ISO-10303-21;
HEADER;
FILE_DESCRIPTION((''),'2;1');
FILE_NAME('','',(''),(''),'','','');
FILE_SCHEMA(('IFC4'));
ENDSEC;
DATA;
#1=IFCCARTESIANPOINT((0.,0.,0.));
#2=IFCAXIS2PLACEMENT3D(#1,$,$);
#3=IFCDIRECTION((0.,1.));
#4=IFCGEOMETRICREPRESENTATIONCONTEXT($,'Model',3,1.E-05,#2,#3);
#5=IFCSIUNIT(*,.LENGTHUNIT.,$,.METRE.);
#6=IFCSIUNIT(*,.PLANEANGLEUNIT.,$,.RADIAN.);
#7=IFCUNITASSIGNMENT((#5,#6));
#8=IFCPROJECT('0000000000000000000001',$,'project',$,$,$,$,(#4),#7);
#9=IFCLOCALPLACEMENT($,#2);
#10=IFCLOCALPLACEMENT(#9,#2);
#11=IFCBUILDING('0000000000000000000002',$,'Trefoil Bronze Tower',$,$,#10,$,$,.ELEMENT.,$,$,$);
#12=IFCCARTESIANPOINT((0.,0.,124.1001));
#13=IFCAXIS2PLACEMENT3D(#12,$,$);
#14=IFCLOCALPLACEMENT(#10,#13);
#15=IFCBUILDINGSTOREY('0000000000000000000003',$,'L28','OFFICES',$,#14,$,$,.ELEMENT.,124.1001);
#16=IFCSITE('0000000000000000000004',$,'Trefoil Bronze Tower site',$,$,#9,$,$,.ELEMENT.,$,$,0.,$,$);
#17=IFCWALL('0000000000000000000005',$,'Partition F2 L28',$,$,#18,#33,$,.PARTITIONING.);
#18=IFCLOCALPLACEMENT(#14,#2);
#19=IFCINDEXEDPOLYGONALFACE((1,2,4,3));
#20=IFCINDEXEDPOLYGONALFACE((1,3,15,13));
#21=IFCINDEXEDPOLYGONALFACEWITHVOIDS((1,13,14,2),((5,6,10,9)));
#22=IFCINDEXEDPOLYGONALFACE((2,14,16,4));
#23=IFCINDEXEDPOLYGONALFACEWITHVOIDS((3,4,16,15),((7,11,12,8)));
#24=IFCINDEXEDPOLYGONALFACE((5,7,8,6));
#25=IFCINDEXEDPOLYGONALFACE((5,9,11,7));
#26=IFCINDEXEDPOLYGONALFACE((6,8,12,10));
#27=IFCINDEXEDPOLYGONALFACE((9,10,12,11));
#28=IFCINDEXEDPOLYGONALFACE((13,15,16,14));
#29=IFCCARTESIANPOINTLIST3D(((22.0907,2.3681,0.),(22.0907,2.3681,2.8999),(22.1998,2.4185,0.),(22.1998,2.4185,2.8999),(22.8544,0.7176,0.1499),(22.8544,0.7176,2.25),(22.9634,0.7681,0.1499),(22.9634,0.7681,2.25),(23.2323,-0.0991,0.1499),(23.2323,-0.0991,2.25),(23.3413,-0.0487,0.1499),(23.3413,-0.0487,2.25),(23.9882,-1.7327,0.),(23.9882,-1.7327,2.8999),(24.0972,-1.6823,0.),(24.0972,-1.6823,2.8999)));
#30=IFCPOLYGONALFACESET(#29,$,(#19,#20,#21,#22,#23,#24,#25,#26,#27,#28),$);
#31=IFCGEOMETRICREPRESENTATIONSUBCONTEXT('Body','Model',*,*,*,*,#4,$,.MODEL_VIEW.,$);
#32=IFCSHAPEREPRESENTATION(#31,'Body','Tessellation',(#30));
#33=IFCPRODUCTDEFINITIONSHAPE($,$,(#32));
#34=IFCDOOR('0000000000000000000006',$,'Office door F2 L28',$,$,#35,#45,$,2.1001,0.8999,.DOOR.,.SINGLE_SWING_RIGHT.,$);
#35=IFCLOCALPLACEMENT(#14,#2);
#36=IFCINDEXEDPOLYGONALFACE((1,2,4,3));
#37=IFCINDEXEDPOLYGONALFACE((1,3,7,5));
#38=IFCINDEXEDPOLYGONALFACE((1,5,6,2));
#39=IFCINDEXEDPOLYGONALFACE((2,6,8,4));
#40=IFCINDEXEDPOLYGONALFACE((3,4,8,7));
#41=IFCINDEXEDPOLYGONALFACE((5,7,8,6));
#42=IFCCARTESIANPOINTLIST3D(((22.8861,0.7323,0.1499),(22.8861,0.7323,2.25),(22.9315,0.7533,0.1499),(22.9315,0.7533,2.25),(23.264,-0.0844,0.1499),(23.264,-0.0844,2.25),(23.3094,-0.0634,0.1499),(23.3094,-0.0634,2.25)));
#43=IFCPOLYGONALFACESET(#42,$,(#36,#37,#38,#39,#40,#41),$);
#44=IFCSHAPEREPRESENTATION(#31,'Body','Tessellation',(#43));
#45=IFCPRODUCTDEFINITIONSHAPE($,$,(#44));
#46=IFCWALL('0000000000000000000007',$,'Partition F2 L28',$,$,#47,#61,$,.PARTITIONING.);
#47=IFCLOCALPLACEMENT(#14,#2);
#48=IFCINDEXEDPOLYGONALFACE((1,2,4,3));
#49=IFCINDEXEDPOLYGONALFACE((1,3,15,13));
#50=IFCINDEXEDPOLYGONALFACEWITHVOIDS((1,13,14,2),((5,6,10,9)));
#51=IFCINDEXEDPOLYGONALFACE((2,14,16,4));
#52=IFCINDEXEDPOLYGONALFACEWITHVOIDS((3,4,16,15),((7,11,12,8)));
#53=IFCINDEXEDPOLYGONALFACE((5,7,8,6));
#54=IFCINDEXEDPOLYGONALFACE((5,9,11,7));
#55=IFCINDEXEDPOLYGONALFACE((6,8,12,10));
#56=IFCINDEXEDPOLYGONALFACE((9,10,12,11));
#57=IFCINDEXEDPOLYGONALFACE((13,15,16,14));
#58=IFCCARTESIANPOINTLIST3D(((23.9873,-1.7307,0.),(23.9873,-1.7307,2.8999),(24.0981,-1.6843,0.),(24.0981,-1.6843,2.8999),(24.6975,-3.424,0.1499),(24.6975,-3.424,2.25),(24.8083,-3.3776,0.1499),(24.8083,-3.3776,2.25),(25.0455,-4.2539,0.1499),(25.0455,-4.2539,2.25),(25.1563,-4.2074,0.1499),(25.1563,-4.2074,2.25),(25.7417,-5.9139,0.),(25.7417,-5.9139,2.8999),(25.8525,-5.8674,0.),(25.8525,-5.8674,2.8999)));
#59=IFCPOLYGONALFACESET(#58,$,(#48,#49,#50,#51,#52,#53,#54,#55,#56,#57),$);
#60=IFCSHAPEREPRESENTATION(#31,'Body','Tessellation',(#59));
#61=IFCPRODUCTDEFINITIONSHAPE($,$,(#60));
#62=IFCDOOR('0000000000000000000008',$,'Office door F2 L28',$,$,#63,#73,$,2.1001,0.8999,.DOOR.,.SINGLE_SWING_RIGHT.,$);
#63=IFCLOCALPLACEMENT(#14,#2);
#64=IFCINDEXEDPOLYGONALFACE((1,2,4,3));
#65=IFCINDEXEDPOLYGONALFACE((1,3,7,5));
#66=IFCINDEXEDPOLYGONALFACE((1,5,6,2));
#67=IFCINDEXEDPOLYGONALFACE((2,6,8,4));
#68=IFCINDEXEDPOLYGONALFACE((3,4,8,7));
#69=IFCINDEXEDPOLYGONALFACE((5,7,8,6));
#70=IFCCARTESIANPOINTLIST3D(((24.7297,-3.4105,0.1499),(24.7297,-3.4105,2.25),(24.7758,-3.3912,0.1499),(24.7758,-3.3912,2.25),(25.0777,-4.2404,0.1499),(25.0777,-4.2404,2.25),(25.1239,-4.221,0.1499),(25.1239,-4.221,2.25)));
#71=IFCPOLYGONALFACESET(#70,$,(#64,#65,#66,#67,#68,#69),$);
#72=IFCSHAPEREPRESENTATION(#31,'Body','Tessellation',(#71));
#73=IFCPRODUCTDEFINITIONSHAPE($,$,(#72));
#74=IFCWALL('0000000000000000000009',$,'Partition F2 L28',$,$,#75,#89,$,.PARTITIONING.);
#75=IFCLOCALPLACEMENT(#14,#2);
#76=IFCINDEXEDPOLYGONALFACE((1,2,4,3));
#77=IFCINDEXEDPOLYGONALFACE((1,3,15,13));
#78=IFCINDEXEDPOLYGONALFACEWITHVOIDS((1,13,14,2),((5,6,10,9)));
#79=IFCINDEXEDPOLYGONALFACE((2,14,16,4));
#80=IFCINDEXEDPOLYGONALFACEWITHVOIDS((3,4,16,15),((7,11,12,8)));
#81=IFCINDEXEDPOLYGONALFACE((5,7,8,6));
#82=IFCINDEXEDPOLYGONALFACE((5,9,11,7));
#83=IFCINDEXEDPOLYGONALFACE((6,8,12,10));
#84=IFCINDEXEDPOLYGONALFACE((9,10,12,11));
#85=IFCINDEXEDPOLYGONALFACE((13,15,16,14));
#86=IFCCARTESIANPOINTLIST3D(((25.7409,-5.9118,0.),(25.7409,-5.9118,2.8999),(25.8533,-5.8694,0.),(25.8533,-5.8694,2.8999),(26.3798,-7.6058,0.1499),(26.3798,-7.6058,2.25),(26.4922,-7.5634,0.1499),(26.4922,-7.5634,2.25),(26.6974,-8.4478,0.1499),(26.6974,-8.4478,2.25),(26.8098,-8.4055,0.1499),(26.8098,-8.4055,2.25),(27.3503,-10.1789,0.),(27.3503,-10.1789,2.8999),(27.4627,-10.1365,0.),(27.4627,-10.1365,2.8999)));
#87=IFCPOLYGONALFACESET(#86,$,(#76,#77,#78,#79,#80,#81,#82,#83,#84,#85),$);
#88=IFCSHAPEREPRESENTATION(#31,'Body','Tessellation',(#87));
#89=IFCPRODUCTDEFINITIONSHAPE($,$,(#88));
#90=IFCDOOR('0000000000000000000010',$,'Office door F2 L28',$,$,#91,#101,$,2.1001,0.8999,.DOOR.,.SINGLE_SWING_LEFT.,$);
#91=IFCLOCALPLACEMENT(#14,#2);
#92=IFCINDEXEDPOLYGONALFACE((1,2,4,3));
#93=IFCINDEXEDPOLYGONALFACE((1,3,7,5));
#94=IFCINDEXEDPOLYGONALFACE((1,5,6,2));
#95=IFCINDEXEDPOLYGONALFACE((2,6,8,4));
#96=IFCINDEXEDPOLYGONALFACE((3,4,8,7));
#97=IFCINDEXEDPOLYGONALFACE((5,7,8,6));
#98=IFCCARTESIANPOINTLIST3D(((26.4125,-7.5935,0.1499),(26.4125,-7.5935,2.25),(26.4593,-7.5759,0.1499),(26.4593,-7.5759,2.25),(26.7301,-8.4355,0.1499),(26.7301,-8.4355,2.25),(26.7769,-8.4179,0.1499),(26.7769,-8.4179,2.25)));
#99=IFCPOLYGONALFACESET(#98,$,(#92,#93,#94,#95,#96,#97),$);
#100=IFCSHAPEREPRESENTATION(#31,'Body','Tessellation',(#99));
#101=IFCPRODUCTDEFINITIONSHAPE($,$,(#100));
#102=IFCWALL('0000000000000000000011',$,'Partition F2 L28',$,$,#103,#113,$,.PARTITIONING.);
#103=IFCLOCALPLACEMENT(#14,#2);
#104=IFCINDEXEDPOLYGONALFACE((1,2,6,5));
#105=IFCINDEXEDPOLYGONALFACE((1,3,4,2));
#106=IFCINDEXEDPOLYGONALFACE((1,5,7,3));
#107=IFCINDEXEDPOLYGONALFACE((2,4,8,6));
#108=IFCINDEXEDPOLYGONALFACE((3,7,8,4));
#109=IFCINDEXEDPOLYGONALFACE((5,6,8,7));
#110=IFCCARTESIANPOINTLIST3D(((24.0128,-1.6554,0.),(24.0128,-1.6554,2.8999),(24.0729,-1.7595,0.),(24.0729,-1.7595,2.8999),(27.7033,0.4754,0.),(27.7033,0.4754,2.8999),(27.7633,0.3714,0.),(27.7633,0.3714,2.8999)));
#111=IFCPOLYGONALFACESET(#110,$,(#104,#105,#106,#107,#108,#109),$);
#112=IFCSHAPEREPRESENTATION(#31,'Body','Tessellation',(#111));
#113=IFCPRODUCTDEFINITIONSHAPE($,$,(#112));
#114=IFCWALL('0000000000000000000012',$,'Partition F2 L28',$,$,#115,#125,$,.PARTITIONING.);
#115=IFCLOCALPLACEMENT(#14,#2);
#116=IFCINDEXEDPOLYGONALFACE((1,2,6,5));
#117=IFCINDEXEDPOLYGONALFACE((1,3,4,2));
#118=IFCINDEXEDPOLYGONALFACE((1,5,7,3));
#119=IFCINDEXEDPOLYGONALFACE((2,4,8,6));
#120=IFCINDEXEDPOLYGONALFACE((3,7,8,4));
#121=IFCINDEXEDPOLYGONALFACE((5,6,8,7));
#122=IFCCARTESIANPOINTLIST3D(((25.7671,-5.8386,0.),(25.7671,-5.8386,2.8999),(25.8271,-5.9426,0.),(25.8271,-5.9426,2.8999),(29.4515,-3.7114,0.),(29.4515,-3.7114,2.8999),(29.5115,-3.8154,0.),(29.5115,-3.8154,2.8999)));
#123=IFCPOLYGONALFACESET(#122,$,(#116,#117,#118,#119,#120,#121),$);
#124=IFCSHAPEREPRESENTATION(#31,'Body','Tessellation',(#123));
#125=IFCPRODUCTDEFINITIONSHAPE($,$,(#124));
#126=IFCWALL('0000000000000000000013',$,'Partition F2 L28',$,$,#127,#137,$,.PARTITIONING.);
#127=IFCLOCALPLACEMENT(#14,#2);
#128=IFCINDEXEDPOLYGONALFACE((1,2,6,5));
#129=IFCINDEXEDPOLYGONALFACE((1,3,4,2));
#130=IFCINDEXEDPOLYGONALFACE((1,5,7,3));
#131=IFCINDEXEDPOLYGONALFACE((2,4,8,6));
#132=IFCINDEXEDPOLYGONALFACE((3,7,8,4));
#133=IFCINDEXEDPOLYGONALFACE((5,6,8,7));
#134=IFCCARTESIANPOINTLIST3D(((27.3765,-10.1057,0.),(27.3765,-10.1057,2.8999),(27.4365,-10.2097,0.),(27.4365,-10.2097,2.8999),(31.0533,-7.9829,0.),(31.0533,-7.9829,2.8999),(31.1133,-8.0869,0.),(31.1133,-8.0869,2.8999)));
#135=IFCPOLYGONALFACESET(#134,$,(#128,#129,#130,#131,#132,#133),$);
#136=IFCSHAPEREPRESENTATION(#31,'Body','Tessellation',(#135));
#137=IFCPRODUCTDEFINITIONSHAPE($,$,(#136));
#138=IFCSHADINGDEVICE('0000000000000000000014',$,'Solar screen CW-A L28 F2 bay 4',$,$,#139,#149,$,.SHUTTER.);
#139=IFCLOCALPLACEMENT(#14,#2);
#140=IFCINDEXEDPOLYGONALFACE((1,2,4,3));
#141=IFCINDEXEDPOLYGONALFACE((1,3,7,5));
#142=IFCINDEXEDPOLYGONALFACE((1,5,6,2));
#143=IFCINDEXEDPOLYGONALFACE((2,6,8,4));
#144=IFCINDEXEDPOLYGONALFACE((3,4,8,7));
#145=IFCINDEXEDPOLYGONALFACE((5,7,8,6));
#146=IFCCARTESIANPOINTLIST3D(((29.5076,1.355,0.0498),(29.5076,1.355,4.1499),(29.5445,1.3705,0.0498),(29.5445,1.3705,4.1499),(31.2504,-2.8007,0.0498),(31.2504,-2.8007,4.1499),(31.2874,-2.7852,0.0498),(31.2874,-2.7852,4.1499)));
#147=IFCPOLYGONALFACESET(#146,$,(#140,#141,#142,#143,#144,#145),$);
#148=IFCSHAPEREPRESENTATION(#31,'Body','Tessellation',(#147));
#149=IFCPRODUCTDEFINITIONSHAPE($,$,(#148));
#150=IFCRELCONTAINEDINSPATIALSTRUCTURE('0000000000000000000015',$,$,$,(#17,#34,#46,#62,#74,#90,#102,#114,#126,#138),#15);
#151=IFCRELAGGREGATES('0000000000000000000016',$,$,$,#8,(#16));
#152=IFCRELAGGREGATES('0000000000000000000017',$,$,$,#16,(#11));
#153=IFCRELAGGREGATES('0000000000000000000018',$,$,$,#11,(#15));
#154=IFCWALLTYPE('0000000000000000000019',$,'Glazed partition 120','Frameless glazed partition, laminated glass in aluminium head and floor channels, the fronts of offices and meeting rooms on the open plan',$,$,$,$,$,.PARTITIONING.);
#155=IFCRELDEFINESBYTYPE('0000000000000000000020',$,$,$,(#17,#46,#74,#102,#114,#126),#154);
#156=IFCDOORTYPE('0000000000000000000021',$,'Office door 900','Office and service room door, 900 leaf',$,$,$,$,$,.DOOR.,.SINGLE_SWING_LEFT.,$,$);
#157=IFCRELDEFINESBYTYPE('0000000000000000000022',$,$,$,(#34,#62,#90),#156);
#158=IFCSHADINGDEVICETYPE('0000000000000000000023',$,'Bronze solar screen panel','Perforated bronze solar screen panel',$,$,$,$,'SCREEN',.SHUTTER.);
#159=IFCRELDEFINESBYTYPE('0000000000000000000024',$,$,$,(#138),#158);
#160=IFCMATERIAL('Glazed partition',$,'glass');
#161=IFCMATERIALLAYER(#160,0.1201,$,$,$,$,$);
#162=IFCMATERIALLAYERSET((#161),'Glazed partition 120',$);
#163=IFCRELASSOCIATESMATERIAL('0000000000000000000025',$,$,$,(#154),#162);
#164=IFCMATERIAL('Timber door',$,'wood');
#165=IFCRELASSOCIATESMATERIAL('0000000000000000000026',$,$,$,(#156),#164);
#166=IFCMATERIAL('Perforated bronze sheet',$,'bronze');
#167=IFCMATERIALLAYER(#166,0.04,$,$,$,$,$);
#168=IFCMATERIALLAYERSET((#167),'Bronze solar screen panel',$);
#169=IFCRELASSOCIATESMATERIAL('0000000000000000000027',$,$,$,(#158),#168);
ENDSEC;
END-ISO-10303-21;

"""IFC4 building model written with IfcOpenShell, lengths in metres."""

from ifc_helpers import new_model, si_unit, direction, frame, frame_2d, origin, origin_2d, place, context, subcontext, project, spatial, rectangle, extrude, material, layer, layer_set, type_object, element, fill, save


model = new_model("IFC4")

# Units and contexts
model_context = context("Model", 3, precision=1e-05, world=origin(), true_north=direction((0.0, 1.0)))
body_context = subcontext(model_context, "Body", "Model", "MODEL_VIEW")
ifc_project = project(units=[si_unit("LENGTHUNIT", "METRE"), si_unit("PLANEANGLEUNIT", "RADIAN")], contexts=[model_context])

# Site, building, storey
site_placement = place(None, origin())
site = spatial("IfcSite", under=ifc_project, at=site_placement, Name="Trefoil Bronze Tower site", CompositionType="ELEMENT", RefElevation=0.0)
building_placement = place(site_placement, origin())
building = spatial("IfcBuilding", under=site, at=building_placement, Name="Trefoil Bronze Tower", CompositionType="ELEMENT")
storey_placement = place(building_placement, frame((0.0, 0.0, 124.1001)))
storey = spatial("IfcBuildingStorey", under=building, at=storey_placement, Name="L28", Description="OFFICES", CompositionType="ELEMENT", Elevation=124.1001)

# Walls, openings, doors
ifc_material_1 = material(Name="Glazed partition", Category="glass")
ifc_layer_1 = layer(ifc_material_1, 0.1201)
ifc_layer_set_1 = layer_set([ifc_layer_1], Name="Glazed partition 120")
wall_type = type_object("IfcWallType", Name="Glazed partition 120", Description="Frameless glazed partition, laminated glass in aluminium head and floor channels, the fronts of offices and meeting rooms on the open plan", PredefinedType="PARTITIONING", material=ifc_layer_set_1)
ifc_material_2 = material(Name="Timber door", Category="wood")
door_type = type_object("IfcDoorType", Name="Office door 900", Description="Office and service room door, 900 leaf", OperationType="SINGLE_SWING_LEFT", PredefinedType="DOOR", material=ifc_material_2)
wall_1_placement = place(storey_placement, frame((24.0427, -1.7075, 0.0), z_axis=(0.0, 0.0, 1.0), x_axis=(-0.419928, 0.907557, 0.0)))
wall_1 = element("IfcWall", 1, at=wall_1_placement, inside=storey, type_object=wall_type, Name="Partition F2 L28", PredefinedType="PARTITIONING", context=body_context, shape_type="SweptSolid", body=[
    extrude(rectangle(XDim=4.5186, YDim=0.1201, at=frame_2d((2.2593, 0.0))), origin(), (0.0, 0.0, 1.0), 2.8999),
])
opening_1_placement = place(wall_1_placement, frame((1.8, 0.0, 0.1499)))
opening_1 = element("IfcOpeningElement", 2, at=opening_1_placement, cuts=wall_1, PredefinedType="OPENING", context=body_context, shape_type="SweptSolid", body=[
    extrude(rectangle(XDim=0.8999, YDim=2.1001, at=frame_2d((0.45, 1.05))), frame((0.0, 0.0701, 0.0), z_axis=(0.0, -1.0, 0.0), x_axis=(1.0, 0.0, 0.0)), (0.0, 0.0, 1.0), 0.1401),
])
door_1_placement = place(opening_1_placement, frame((0.8999, 0.0, 0.0), z_axis=(0.0, 0.0, 1.0), x_axis=(-1.0, 0.0, 0.0)))
door_1 = element("IfcDoor", 3, at=door_1_placement, inside=storey, type_object=door_type, Name="Office door F2 L28", OperationType="SINGLE_SWING_RIGHT", OverallHeight=2.1001, OverallWidth=0.8999, PredefinedType="DOOR", context=body_context, shape_type="SweptSolid", body=[
    extrude(rectangle(XDim=0.8999, YDim=2.1001, at=frame_2d((0.45, 1.05))), frame((0.0, 0.0249, 0.0), z_axis=(0.0, -1.0, 0.0), x_axis=(1.0, 0.0, 0.0)), (0.0, 0.0, 1.0), 0.05),
])
fill(opening_1, door_1)
wall_2_placement = place(storey_placement, frame((25.7971, -5.8906, 0.0), z_axis=(0.0, 0.0, 1.0), x_axis=(-0.386762, 0.92218, 0.0)))
wall_2 = element("IfcWall", 4, at=wall_2_placement, inside=storey, type_object=wall_type, Name="Partition F2 L28", PredefinedType="PARTITIONING", context=body_context, shape_type="SweptSolid", body=[
    extrude(rectangle(XDim=4.5361, YDim=0.1201, at=frame_2d((2.2681, 0.0))), origin(), (0.0, 0.0, 1.0), 2.8999),
])
opening_2_placement = place(wall_2_placement, frame((1.8, 0.0, 0.1499)))
opening_2 = element("IfcOpeningElement", 5, at=opening_2_placement, cuts=wall_2, PredefinedType="OPENING", context=body_context, shape_type="SweptSolid", body=[
    extrude(rectangle(XDim=0.8999, YDim=2.1001, at=frame_2d((0.45, 1.05))), frame((0.0, 0.0701, 0.0), z_axis=(0.0, -1.0, 0.0), x_axis=(1.0, 0.0, 0.0)), (0.0, 0.0, 1.0), 0.1401),
])
door_2_placement = place(opening_2_placement, frame((0.8999, 0.0, 0.0), z_axis=(0.0, 0.0, 1.0), x_axis=(-1.0, 0.0, 0.0)))
door_2 = element("IfcDoor", 6, at=door_2_placement, inside=storey, type_object=door_type, Name="Office door F2 L28", OperationType="SINGLE_SWING_RIGHT", OverallHeight=2.1001, OverallWidth=0.8999, PredefinedType="DOOR", context=body_context, shape_type="SweptSolid", body=[
    extrude(rectangle(XDim=0.8999, YDim=2.1001, at=frame_2d((0.45, 1.05))), frame((0.0, 0.0249, 0.0), z_axis=(0.0, -1.0, 0.0), x_axis=(1.0, 0.0, 0.0)), (0.0, 0.0, 1.0), 0.05),
])
fill(opening_2, door_2)
wall_3_placement = place(storey_placement, frame((27.4065, -10.1577, 0.0), z_axis=(0.0, 0.0, 1.0), x_axis=(-0.352895, 0.935663, 0.0)))
wall_3 = element("IfcWall", 7, at=wall_3_placement, inside=storey, type_object=wall_type, Name="Partition F2 L28", PredefinedType="PARTITIONING", context=body_context, shape_type="SweptSolid", body=[
    extrude(rectangle(XDim=4.5605, YDim=0.1201, at=frame_2d((2.2803, 0.0))), origin(), (0.0, 0.0, 1.0), 2.8999),
])
opening_3_placement = place(wall_3_placement, frame((1.8501, 0.0, 0.1499)))
opening_3 = element("IfcOpeningElement", 8, at=opening_3_placement, cuts=wall_3, PredefinedType="OPENING", context=body_context, shape_type="SweptSolid", body=[
    extrude(rectangle(XDim=0.8999, YDim=2.1001, at=frame_2d((0.45, 1.05))), frame((0.0, 0.0701, 0.0), z_axis=(0.0, -1.0, 0.0), x_axis=(1.0, 0.0, 0.0)), (0.0, 0.0, 1.0), 0.1401),
])
door_3_placement = place(opening_3_placement, frame((0.8999, 0.0, 0.0), z_axis=(0.0, 0.0, 1.0), x_axis=(-1.0, 0.0, 0.0)))
door_3 = element("IfcDoor", 9, at=door_3_placement, inside=storey, type_object=door_type, Name="Office door F2 L28", OperationType="SINGLE_SWING_LEFT", OverallHeight=2.1001, OverallWidth=0.8999, PredefinedType="DOOR", context=body_context, shape_type="SweptSolid", body=[
    extrude(rectangle(XDim=0.8999, YDim=2.1001, at=frame_2d((0.45, 1.05))), frame((0.0, 0.0249, 0.0), z_axis=(0.0, -1.0, 0.0), x_axis=(1.0, 0.0, 0.0)), (0.0, 0.0, 1.0), 0.05),
])
fill(opening_3, door_3)

# Walls
wall_4_placement = place(storey_placement, frame((24.0427, -1.7075, 0.0), z_axis=(0.0, 0.0, 1.0), x_axis=(0.866006, 0.500033, 0.0)))
element("IfcWall", 10, at=wall_4_placement, inside=storey, type_object=wall_type, Name="Partition F2 L28", PredefinedType="PARTITIONING", context=body_context, shape_type="SweptSolid", body=[
    extrude(rectangle(XDim=4.2615, YDim=0.1201, at=frame_2d((2.1309, 0.0))), origin(), (0.0, 0.0, 1.0), 2.8999),
])
wall_5_placement = place(storey_placement, frame((25.7971, -5.8906, 0.0), z_axis=(0.0, 0.0, 1.0), x_axis=(0.86602, 0.500009, 0.0)))
element("IfcWall", 11, at=wall_5_placement, inside=storey, type_object=wall_type, Name="Partition F2 L28", PredefinedType="PARTITIONING", context=body_context, shape_type="SweptSolid", body=[
    extrude(rectangle(XDim=4.2544, YDim=0.1201, at=frame_2d((2.1272, 0.0))), origin(), (0.0, 0.0, 1.0), 2.8999),
])
wall_6_placement = place(storey_placement, frame((27.4065, -10.1577, 0.0), z_axis=(0.0, 0.0, 1.0), x_axis=(0.866023, 0.500005, 0.0)))
element("IfcWall", 12, at=wall_6_placement, inside=storey, type_object=wall_type, Name="Partition F2 L28", PredefinedType="PARTITIONING", context=body_context, shape_type="SweptSolid", body=[
    extrude(rectangle(XDim=4.2456, YDim=0.1201, at=frame_2d((2.1228, 0.0))), origin(), (0.0, 0.0, 1.0), 2.8999),
])

# Shading device
ifc_material_3 = material(Name="Perforated bronze sheet", Category="bronze")
ifc_layer_2 = layer(ifc_material_3, 0.04)
ifc_layer_set_2 = layer_set([ifc_layer_2], Name="Bronze solar screen panel")
shading_device_type = type_object("IfcShadingDeviceType", Name="Bronze solar screen panel", Description="Perforated bronze solar screen panel", ElementType="SCREEN", PredefinedType="SHUTTER", material=ifc_layer_set_2)
shading_device_placement = place(storey_placement, frame((30.3975, -0.7151, 0.0498), z_axis=(0.0, 0.0, 1.0), x_axis=(-0.386759, 0.922181, 0.0)))
element("IfcShadingDevice", 13, at=shading_device_placement, inside=storey, type_object=shading_device_type, Name="Solar screen CW-A L28 F2 bay 4", PredefinedType="SHUTTER", context=body_context, shape_type="SweptSolid", body=[
    extrude(rectangle(XDim=4.5063, YDim=0.04, at=origin_2d()), origin(), (0.0, 0.0, 1.0), 4.1001),
])

save(model, "model.ifc")
